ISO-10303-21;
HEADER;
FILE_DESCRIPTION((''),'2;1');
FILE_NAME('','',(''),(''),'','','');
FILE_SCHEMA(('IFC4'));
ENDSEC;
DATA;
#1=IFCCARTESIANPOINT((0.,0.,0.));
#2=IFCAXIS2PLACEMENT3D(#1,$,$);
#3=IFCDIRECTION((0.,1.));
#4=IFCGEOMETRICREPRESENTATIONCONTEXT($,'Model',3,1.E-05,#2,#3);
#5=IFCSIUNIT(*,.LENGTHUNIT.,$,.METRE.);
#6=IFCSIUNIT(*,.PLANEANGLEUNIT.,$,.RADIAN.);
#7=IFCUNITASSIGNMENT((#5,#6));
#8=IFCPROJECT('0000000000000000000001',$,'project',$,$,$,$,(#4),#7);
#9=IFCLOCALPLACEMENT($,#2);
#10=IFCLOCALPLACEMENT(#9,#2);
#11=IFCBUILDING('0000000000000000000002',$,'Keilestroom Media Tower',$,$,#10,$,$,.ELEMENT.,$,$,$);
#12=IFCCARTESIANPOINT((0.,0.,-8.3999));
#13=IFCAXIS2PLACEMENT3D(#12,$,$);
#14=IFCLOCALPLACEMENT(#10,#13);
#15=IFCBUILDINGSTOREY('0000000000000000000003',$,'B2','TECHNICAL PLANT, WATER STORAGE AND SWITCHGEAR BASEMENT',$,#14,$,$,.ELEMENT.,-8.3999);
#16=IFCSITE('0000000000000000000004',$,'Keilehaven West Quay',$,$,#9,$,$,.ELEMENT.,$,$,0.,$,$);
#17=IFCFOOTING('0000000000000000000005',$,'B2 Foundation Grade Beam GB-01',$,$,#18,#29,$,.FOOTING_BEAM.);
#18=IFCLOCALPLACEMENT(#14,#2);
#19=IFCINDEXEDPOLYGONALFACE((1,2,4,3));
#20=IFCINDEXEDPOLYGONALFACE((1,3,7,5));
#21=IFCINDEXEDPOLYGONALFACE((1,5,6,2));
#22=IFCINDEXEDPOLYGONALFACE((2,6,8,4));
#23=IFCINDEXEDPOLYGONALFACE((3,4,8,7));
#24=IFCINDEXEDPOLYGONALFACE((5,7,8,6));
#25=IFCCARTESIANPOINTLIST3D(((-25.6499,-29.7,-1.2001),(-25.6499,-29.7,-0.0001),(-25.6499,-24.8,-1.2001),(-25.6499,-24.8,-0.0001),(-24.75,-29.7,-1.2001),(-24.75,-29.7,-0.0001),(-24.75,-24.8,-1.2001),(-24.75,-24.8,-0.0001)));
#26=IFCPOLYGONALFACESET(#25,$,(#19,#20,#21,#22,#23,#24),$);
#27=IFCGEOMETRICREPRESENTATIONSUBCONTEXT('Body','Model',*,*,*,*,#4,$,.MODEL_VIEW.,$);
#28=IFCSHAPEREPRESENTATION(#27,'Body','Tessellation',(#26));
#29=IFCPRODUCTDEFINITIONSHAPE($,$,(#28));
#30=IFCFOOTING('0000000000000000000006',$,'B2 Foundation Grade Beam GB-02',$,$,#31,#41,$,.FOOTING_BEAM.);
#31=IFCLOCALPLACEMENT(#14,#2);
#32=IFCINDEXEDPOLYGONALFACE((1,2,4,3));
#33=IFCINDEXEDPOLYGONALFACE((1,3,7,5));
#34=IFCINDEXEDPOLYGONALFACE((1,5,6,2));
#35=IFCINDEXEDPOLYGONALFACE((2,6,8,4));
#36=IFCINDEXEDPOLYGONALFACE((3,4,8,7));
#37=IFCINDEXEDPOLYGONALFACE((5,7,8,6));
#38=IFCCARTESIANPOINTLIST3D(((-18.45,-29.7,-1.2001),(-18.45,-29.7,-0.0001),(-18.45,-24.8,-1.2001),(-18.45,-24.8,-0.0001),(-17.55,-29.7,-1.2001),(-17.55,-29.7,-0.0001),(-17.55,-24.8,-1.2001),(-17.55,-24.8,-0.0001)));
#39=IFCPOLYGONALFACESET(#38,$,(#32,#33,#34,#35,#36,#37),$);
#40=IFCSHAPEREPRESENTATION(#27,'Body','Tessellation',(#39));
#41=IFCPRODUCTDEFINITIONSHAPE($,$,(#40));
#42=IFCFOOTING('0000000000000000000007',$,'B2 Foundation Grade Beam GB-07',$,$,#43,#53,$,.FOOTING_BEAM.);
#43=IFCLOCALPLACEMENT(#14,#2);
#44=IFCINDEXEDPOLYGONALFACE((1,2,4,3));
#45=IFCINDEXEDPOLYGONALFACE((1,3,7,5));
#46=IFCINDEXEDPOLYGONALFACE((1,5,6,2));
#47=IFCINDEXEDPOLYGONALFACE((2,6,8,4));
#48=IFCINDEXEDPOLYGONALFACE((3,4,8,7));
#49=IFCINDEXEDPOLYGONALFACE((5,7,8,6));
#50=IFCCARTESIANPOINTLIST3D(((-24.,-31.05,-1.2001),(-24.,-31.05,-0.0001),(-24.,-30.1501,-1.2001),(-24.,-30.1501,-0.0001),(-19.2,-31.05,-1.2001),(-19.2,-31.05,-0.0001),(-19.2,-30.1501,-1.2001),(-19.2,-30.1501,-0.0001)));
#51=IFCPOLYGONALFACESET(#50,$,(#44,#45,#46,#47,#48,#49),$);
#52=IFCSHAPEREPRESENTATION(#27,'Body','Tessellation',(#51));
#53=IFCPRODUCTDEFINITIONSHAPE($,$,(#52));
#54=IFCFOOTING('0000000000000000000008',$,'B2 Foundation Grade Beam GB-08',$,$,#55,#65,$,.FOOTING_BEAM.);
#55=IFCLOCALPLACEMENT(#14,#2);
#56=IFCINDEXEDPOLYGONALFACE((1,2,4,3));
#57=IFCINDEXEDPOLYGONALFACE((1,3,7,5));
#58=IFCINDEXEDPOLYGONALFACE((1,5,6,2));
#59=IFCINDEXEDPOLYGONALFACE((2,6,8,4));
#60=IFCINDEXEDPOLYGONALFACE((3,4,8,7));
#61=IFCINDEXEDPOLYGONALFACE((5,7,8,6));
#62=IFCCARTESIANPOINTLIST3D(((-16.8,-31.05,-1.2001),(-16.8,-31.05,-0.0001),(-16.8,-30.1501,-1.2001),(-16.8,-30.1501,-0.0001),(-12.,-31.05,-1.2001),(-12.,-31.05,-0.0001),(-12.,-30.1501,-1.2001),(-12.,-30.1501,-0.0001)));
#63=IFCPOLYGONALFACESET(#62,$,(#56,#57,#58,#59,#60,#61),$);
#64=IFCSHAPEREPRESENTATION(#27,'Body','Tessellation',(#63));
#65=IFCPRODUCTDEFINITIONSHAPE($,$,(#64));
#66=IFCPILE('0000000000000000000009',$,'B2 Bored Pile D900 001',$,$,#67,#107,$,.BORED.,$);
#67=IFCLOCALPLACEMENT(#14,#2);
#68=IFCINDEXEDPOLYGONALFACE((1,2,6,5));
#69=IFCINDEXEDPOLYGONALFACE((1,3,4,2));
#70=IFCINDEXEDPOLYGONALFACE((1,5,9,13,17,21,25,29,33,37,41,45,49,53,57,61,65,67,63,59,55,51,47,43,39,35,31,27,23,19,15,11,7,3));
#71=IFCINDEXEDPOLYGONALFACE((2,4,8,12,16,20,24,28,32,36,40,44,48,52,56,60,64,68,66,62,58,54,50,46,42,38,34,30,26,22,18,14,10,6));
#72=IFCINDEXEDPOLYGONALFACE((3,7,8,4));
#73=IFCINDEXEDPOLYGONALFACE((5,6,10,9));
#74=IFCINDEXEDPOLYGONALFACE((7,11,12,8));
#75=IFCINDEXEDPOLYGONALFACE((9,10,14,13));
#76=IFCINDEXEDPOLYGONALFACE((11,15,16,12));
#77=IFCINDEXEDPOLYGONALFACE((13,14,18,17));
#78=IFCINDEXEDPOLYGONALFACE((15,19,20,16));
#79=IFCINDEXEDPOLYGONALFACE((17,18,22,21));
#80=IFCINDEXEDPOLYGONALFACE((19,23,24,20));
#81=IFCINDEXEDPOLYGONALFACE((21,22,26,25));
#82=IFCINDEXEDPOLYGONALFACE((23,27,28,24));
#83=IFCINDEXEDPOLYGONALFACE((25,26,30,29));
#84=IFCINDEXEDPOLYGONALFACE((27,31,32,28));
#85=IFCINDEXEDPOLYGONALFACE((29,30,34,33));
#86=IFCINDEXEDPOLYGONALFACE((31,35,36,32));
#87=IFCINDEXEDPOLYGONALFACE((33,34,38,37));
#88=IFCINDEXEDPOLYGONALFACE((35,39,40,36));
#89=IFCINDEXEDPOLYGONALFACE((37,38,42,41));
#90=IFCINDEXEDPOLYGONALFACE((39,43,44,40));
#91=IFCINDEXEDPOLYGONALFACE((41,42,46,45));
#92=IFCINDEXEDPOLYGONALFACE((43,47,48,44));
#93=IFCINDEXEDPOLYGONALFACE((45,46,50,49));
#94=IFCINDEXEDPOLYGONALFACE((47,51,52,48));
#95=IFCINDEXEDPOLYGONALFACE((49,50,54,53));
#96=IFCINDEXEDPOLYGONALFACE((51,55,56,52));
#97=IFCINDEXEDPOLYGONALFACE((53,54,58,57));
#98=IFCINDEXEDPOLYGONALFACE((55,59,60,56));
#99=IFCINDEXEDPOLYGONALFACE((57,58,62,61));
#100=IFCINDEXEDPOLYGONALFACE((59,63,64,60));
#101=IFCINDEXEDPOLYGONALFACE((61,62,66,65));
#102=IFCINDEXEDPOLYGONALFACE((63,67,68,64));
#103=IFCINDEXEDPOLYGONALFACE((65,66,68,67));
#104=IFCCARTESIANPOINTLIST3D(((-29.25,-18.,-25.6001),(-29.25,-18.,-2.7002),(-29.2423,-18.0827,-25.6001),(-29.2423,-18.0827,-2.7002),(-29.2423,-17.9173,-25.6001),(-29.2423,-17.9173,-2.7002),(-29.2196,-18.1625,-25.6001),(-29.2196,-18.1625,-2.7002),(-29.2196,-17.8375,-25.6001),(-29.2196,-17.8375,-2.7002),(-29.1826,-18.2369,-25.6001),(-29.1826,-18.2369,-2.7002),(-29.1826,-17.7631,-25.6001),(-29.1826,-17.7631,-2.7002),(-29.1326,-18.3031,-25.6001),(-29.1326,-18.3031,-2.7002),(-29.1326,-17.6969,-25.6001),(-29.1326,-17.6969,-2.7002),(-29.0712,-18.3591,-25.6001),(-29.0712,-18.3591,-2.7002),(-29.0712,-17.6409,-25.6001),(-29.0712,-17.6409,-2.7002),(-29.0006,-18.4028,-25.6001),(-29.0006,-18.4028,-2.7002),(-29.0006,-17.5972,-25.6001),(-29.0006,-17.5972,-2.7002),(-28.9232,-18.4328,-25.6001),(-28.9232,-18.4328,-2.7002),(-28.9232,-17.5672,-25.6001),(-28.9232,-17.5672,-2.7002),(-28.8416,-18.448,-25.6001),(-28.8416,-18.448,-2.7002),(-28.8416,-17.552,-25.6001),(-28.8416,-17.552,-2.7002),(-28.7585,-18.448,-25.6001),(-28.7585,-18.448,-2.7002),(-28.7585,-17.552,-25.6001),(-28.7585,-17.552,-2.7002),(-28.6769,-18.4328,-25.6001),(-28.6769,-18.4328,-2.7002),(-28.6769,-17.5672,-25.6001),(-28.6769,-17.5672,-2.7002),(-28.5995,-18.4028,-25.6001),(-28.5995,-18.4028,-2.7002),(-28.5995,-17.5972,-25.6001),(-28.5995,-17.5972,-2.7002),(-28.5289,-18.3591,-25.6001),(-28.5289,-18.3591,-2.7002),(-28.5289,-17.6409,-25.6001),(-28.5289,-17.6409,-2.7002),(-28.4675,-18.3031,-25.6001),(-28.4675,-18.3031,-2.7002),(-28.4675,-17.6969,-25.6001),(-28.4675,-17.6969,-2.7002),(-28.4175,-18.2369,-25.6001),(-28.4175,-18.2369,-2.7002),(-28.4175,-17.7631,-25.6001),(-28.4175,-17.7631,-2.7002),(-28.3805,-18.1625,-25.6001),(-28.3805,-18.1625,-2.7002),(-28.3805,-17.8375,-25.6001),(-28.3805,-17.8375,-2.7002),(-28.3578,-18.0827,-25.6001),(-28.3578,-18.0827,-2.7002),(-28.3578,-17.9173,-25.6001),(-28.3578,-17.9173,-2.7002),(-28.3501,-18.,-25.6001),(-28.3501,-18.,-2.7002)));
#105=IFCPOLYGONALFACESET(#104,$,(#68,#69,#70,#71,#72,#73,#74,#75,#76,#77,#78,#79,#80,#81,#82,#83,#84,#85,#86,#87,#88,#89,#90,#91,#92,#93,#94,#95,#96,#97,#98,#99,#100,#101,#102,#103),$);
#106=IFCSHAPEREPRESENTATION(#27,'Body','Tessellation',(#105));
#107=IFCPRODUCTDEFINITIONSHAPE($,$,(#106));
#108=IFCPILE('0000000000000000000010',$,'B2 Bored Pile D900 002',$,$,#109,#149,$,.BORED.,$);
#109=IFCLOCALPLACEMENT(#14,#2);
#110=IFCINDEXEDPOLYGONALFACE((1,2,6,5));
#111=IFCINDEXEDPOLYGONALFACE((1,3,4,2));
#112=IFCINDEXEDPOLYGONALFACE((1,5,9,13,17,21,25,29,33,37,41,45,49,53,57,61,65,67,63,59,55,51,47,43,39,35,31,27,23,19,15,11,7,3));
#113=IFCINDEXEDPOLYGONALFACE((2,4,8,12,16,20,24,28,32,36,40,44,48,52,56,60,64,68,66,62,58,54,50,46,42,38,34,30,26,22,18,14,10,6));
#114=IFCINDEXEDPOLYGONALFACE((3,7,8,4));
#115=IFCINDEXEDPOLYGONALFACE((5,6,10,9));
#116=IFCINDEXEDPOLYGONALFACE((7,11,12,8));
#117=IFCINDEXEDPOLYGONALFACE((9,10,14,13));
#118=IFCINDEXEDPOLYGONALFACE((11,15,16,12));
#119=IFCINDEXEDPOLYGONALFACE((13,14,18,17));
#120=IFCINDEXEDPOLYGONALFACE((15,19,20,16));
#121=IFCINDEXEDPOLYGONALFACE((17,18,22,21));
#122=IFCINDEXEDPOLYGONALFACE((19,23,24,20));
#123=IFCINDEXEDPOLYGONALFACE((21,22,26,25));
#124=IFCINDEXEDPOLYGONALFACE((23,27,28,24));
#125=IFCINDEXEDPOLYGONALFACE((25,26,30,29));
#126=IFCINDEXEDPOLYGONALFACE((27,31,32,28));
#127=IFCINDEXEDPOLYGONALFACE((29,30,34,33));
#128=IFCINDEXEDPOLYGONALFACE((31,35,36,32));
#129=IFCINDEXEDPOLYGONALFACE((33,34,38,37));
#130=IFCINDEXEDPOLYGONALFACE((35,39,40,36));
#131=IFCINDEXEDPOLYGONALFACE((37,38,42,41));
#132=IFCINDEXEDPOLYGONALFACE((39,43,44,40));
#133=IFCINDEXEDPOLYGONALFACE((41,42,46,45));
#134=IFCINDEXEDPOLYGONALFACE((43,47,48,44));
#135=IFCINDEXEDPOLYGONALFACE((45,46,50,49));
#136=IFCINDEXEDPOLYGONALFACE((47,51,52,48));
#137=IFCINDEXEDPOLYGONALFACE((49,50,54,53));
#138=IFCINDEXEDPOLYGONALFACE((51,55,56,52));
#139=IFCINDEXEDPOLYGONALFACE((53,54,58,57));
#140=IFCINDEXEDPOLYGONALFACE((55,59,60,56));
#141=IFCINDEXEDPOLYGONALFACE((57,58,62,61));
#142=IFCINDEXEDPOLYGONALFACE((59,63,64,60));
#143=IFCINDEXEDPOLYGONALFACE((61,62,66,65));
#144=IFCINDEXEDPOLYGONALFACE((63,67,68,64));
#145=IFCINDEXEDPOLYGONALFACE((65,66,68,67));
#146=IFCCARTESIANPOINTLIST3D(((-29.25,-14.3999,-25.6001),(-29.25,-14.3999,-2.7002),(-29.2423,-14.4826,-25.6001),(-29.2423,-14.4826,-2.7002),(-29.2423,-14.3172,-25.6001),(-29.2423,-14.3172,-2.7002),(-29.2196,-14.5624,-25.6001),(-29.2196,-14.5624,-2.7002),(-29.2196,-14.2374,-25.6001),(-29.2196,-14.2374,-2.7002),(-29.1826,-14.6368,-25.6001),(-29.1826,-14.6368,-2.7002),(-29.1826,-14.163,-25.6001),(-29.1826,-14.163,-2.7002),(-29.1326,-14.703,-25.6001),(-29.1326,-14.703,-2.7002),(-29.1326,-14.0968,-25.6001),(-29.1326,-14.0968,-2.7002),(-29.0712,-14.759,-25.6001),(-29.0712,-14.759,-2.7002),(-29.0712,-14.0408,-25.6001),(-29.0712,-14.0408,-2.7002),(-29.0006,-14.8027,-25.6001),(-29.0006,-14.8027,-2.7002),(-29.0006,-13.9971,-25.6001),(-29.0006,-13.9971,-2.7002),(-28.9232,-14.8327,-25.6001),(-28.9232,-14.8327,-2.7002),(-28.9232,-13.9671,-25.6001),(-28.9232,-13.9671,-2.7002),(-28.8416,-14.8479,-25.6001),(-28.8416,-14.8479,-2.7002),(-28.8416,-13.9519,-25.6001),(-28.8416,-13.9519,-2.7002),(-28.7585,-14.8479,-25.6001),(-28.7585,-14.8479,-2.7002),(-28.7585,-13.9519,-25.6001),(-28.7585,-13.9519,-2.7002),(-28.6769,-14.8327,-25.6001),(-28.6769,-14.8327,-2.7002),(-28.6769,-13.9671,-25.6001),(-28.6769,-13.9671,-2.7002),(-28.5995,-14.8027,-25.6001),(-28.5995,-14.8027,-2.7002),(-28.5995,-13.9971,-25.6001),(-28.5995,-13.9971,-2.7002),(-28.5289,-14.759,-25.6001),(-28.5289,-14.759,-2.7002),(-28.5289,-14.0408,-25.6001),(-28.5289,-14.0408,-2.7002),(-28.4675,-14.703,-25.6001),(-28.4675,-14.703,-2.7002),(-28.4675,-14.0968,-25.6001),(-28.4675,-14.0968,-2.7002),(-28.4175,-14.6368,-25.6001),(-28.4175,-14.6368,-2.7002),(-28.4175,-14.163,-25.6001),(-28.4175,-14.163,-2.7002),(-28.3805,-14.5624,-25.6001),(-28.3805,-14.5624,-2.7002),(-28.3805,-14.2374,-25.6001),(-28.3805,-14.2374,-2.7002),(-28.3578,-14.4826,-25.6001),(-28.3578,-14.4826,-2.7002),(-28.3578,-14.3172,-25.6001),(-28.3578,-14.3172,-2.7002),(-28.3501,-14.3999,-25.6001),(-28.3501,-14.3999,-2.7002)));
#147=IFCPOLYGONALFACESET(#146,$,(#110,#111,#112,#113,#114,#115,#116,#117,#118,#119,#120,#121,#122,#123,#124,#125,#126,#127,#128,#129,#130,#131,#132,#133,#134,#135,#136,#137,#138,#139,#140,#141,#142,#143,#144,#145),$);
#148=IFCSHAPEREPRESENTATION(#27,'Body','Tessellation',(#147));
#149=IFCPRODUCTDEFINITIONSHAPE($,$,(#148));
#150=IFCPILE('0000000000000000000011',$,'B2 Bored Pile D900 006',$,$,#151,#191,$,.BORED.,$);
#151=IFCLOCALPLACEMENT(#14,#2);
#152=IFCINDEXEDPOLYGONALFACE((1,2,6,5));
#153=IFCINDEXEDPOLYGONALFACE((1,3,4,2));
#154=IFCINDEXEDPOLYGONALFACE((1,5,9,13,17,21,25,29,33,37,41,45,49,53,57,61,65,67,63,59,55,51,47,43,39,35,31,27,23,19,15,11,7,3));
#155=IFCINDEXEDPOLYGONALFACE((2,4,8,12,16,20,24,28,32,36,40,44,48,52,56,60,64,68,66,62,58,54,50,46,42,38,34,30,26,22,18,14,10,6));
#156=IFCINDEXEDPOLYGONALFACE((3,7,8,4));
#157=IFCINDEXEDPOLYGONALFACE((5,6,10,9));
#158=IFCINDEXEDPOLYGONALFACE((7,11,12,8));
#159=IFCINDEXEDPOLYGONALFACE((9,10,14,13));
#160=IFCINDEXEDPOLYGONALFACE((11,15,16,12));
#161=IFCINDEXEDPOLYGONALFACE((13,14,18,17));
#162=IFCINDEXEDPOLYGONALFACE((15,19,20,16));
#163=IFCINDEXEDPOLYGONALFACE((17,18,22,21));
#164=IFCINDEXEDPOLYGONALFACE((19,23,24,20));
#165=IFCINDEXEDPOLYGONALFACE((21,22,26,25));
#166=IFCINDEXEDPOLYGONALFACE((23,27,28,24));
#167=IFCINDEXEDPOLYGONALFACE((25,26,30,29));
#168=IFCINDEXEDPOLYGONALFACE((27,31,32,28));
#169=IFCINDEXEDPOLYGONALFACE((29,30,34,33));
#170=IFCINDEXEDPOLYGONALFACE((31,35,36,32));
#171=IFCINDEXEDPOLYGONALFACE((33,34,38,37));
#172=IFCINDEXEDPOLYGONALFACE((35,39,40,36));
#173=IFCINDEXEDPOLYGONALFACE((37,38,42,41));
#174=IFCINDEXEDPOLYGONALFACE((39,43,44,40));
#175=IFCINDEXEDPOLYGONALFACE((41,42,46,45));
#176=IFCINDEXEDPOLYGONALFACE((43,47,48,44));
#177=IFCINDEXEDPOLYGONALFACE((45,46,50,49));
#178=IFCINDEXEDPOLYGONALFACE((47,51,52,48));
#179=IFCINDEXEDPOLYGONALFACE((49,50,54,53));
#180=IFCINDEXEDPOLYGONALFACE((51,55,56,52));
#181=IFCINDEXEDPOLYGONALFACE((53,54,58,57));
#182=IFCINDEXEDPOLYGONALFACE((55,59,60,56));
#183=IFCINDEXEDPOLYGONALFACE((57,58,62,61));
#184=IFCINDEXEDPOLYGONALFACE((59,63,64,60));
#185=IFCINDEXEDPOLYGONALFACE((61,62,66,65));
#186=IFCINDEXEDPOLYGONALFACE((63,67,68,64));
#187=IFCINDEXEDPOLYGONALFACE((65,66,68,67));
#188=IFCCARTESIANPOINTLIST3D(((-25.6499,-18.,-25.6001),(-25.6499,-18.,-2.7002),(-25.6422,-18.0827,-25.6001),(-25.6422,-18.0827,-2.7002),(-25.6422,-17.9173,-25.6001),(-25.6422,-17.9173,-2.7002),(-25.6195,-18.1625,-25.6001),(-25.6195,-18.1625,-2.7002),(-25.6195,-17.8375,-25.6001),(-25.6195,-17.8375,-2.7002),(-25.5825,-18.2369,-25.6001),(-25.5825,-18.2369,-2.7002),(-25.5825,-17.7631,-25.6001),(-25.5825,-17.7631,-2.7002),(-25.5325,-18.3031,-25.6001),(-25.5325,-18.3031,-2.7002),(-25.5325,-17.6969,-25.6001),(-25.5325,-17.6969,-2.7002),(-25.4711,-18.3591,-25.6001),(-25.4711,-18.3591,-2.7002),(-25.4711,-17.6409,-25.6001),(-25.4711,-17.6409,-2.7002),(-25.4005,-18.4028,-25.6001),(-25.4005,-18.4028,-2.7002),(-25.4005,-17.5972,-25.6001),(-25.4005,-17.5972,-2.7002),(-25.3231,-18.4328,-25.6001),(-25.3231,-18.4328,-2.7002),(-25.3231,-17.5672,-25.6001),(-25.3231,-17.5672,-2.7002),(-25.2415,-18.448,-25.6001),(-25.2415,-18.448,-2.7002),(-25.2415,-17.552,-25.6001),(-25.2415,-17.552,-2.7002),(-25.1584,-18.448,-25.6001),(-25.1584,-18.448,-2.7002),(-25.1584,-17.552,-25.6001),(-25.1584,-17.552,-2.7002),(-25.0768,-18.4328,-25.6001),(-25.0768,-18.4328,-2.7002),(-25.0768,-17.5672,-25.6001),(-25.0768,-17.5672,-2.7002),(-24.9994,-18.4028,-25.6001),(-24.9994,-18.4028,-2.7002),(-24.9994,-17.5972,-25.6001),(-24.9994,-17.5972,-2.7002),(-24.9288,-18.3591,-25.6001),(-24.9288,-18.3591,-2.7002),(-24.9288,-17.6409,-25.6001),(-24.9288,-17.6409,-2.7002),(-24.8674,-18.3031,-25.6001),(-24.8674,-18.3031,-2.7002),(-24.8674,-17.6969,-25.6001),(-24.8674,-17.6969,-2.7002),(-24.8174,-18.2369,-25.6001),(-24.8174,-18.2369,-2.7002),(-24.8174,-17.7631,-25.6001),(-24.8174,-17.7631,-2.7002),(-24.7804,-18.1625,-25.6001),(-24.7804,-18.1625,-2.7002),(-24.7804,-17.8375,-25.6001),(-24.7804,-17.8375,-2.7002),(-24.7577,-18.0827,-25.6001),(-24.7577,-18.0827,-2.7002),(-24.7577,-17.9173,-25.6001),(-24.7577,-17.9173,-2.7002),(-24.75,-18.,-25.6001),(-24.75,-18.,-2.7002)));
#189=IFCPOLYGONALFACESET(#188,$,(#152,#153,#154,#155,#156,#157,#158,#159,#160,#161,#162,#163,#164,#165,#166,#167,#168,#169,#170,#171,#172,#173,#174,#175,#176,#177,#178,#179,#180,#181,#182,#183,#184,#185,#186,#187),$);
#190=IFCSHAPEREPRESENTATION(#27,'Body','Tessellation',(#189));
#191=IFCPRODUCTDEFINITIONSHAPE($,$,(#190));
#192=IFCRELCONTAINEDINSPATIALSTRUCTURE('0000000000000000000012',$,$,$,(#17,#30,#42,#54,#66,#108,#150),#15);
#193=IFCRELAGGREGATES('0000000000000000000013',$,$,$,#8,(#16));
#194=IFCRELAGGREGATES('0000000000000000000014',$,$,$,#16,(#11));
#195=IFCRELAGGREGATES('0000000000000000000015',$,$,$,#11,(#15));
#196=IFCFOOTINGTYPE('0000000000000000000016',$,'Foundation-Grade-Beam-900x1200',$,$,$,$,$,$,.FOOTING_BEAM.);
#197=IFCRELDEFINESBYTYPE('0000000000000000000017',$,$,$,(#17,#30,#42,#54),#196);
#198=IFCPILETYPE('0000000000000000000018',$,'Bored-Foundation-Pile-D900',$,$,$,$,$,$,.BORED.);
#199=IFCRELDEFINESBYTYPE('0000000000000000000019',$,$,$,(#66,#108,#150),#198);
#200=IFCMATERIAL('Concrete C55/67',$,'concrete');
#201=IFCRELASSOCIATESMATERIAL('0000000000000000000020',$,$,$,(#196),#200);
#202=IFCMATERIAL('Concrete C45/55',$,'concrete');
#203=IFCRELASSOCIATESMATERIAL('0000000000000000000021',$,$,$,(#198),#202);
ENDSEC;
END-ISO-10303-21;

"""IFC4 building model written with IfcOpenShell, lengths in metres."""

from ifc_helpers import new_model, si_unit, direction, frame, origin, origin_2d, place, context, subcontext, project, spatial, rectangle, circle, extrude, source, transform, mapped, material, material_profile, profile_set, type_object, element, save


model = new_model("IFC4")

# Units and contexts
model_context = context("Model", 3, precision=1e-05, world=origin(), true_north=direction((0.0, 1.0)))
body_context = subcontext(model_context, "Body", "Model", "MODEL_VIEW")
ifc_project = project(units=[si_unit("LENGTHUNIT", "METRE"), si_unit("PLANEANGLEUNIT", "RADIAN")], contexts=[model_context])

# Site, building, storey
site_placement = place(None, origin())
site = spatial("IfcSite", under=ifc_project, at=site_placement, Name="Keilehaven West Quay", CompositionType="ELEMENT", RefElevation=0.0)
building_placement = place(site_placement, origin())
building = spatial("IfcBuilding", under=site, at=building_placement, Name="Keilestroom Media Tower", CompositionType="ELEMENT")
storey_placement = place(building_placement, frame((0.0, 0.0, -8.3999)))
storey = spatial("IfcBuildingStorey", under=building, at=storey_placement, Name="B2", Description="TECHNICAL PLANT, WATER STORAGE AND SWITCHGEAR BASEMENT", CompositionType="ELEMENT", Elevation=-8.3999)

# Footings
ifc_material_1 = material(Name="Concrete C55/67", Category="concrete")
ifc_material_profile_1 = material_profile(ifc_material_1, rectangle(XDim=0.8999, YDim=1.2, at=origin_2d()), Name="GB 900x1200")
ifc_profile_set_1 = profile_set([ifc_material_profile_1], Name="Concrete C55/67")
footing_type = type_object("IfcFootingType", Name="Foundation-Grade-Beam-900x1200", PredefinedType="FOOTING_BEAM", material=ifc_profile_set_1)
shared_shape_1 = source(origin(), body_context, "Body", "SweptSolid", [
    extrude(rectangle(XDim=0.8999, YDim=1.2, at=origin_2d()), origin(), (0.0, 0.0, 1.0), 4.8999),
])
for number, where, z_axis, x_axis, name in (
    (1, (-25.2, -29.7, -0.6001), (0.0, 1.0, 0.0), (-1.0, 0.0, 0.0), "B2 Foundation Grade Beam GB-01"),
    (2, (-18.0, -29.7, -0.6001), (0.0, 1.0, 0.0), (-1.0, 0.0, 0.0), "B2 Foundation Grade Beam GB-02"),
):
    element("IfcFooting", number, at=place(storey_placement, frame(where, z_axis=z_axis, x_axis=x_axis)), inside=storey, type_object=footing_type, Name=name, PredefinedType="FOOTING_BEAM", context=body_context, shape_type="MappedRepresentation", body=[
        mapped(shared_shape_1, transform((0.0, 0.0, 0.0), x_axis=(1.0, 0.0, 0.0), y_axis=(0.0, 1.0, 0.0), z_axis=(0.0, 0.0, 1.0), scale=1.0)),
    ])
shared_shape_2 = source(origin(), body_context, "Body", "SweptSolid", [
    extrude(rectangle(XDim=0.8999, YDim=1.2, at=origin_2d()), origin(), (0.0, 0.0, 1.0), 4.8),
])
for number, where, z_axis, x_axis, name in (
    (3, (-24.0, -30.6001, -0.6001), (1.0, 0.0, 0.0), (0.0, 1.0, 0.0), "B2 Foundation Grade Beam GB-07"),
    (4, (-16.8, -30.6001, -0.6001), (1.0, 0.0, 0.0), (0.0, 1.0, 0.0), "B2 Foundation Grade Beam GB-08"),
):
    element("IfcFooting", number, at=place(storey_placement, frame(where, z_axis=z_axis, x_axis=x_axis)), inside=storey, type_object=footing_type, Name=name, PredefinedType="FOOTING_BEAM", context=body_context, shape_type="MappedRepresentation", body=[
        mapped(shared_shape_2, transform((0.0, 0.0, 0.0), x_axis=(1.0, 0.0, 0.0), y_axis=(0.0, 1.0, 0.0), z_axis=(0.0, 0.0, 1.0), scale=1.0)),
    ])

# Piles
ifc_material_2 = material(Name="Concrete C45/55", Category="concrete")
ifc_material_profile_2 = material_profile(ifc_material_2, circle(Radius=0.45, at=origin_2d()), Name="BORED PILE D900")
ifc_profile_set_2 = profile_set([ifc_material_profile_2], Name="Concrete C45/55")
pile_type = type_object("IfcPileType", Name="Bored-Foundation-Pile-D900", PredefinedType="BORED", material=ifc_profile_set_2)
shared_shape_3 = source(origin(), body_context, "Body", "SweptSolid", [
    extrude(circle(Radius=0.45, at=origin_2d()), origin(), (0.0, 0.0, 1.0), 22.8999),
])
for number, where, z_axis, x_axis, name in (
    (5, (-28.8, -18.0, -2.7002), (0.0, 0.0, -1.0), (1.0, 0.0, 0.0), "B2 Bored Pile D900 001"),
    (6, (-28.8, -14.3999, -2.7002), (0.0, 0.0, -1.0), (1.0, 0.0, 0.0), "B2 Bored Pile D900 002"),
    (7, (-25.2, -18.0, -2.7002), (0.0, 0.0, -1.0), (1.0, 0.0, 0.0), "B2 Bored Pile D900 006"),
):
    element("IfcPile", number, at=place(storey_placement, frame(where, z_axis=z_axis, x_axis=x_axis)), inside=storey, type_object=pile_type, Name=name, PredefinedType="BORED", context=body_context, shape_type="MappedRepresentation", body=[
        mapped(shared_shape_3, transform((0.0, 0.0, 0.0), x_axis=(1.0, 0.0, 0.0), y_axis=(0.0, 1.0, 0.0), z_axis=(0.0, 0.0, 1.0), scale=1.0)),
    ])

save(model, "model.ifc")
